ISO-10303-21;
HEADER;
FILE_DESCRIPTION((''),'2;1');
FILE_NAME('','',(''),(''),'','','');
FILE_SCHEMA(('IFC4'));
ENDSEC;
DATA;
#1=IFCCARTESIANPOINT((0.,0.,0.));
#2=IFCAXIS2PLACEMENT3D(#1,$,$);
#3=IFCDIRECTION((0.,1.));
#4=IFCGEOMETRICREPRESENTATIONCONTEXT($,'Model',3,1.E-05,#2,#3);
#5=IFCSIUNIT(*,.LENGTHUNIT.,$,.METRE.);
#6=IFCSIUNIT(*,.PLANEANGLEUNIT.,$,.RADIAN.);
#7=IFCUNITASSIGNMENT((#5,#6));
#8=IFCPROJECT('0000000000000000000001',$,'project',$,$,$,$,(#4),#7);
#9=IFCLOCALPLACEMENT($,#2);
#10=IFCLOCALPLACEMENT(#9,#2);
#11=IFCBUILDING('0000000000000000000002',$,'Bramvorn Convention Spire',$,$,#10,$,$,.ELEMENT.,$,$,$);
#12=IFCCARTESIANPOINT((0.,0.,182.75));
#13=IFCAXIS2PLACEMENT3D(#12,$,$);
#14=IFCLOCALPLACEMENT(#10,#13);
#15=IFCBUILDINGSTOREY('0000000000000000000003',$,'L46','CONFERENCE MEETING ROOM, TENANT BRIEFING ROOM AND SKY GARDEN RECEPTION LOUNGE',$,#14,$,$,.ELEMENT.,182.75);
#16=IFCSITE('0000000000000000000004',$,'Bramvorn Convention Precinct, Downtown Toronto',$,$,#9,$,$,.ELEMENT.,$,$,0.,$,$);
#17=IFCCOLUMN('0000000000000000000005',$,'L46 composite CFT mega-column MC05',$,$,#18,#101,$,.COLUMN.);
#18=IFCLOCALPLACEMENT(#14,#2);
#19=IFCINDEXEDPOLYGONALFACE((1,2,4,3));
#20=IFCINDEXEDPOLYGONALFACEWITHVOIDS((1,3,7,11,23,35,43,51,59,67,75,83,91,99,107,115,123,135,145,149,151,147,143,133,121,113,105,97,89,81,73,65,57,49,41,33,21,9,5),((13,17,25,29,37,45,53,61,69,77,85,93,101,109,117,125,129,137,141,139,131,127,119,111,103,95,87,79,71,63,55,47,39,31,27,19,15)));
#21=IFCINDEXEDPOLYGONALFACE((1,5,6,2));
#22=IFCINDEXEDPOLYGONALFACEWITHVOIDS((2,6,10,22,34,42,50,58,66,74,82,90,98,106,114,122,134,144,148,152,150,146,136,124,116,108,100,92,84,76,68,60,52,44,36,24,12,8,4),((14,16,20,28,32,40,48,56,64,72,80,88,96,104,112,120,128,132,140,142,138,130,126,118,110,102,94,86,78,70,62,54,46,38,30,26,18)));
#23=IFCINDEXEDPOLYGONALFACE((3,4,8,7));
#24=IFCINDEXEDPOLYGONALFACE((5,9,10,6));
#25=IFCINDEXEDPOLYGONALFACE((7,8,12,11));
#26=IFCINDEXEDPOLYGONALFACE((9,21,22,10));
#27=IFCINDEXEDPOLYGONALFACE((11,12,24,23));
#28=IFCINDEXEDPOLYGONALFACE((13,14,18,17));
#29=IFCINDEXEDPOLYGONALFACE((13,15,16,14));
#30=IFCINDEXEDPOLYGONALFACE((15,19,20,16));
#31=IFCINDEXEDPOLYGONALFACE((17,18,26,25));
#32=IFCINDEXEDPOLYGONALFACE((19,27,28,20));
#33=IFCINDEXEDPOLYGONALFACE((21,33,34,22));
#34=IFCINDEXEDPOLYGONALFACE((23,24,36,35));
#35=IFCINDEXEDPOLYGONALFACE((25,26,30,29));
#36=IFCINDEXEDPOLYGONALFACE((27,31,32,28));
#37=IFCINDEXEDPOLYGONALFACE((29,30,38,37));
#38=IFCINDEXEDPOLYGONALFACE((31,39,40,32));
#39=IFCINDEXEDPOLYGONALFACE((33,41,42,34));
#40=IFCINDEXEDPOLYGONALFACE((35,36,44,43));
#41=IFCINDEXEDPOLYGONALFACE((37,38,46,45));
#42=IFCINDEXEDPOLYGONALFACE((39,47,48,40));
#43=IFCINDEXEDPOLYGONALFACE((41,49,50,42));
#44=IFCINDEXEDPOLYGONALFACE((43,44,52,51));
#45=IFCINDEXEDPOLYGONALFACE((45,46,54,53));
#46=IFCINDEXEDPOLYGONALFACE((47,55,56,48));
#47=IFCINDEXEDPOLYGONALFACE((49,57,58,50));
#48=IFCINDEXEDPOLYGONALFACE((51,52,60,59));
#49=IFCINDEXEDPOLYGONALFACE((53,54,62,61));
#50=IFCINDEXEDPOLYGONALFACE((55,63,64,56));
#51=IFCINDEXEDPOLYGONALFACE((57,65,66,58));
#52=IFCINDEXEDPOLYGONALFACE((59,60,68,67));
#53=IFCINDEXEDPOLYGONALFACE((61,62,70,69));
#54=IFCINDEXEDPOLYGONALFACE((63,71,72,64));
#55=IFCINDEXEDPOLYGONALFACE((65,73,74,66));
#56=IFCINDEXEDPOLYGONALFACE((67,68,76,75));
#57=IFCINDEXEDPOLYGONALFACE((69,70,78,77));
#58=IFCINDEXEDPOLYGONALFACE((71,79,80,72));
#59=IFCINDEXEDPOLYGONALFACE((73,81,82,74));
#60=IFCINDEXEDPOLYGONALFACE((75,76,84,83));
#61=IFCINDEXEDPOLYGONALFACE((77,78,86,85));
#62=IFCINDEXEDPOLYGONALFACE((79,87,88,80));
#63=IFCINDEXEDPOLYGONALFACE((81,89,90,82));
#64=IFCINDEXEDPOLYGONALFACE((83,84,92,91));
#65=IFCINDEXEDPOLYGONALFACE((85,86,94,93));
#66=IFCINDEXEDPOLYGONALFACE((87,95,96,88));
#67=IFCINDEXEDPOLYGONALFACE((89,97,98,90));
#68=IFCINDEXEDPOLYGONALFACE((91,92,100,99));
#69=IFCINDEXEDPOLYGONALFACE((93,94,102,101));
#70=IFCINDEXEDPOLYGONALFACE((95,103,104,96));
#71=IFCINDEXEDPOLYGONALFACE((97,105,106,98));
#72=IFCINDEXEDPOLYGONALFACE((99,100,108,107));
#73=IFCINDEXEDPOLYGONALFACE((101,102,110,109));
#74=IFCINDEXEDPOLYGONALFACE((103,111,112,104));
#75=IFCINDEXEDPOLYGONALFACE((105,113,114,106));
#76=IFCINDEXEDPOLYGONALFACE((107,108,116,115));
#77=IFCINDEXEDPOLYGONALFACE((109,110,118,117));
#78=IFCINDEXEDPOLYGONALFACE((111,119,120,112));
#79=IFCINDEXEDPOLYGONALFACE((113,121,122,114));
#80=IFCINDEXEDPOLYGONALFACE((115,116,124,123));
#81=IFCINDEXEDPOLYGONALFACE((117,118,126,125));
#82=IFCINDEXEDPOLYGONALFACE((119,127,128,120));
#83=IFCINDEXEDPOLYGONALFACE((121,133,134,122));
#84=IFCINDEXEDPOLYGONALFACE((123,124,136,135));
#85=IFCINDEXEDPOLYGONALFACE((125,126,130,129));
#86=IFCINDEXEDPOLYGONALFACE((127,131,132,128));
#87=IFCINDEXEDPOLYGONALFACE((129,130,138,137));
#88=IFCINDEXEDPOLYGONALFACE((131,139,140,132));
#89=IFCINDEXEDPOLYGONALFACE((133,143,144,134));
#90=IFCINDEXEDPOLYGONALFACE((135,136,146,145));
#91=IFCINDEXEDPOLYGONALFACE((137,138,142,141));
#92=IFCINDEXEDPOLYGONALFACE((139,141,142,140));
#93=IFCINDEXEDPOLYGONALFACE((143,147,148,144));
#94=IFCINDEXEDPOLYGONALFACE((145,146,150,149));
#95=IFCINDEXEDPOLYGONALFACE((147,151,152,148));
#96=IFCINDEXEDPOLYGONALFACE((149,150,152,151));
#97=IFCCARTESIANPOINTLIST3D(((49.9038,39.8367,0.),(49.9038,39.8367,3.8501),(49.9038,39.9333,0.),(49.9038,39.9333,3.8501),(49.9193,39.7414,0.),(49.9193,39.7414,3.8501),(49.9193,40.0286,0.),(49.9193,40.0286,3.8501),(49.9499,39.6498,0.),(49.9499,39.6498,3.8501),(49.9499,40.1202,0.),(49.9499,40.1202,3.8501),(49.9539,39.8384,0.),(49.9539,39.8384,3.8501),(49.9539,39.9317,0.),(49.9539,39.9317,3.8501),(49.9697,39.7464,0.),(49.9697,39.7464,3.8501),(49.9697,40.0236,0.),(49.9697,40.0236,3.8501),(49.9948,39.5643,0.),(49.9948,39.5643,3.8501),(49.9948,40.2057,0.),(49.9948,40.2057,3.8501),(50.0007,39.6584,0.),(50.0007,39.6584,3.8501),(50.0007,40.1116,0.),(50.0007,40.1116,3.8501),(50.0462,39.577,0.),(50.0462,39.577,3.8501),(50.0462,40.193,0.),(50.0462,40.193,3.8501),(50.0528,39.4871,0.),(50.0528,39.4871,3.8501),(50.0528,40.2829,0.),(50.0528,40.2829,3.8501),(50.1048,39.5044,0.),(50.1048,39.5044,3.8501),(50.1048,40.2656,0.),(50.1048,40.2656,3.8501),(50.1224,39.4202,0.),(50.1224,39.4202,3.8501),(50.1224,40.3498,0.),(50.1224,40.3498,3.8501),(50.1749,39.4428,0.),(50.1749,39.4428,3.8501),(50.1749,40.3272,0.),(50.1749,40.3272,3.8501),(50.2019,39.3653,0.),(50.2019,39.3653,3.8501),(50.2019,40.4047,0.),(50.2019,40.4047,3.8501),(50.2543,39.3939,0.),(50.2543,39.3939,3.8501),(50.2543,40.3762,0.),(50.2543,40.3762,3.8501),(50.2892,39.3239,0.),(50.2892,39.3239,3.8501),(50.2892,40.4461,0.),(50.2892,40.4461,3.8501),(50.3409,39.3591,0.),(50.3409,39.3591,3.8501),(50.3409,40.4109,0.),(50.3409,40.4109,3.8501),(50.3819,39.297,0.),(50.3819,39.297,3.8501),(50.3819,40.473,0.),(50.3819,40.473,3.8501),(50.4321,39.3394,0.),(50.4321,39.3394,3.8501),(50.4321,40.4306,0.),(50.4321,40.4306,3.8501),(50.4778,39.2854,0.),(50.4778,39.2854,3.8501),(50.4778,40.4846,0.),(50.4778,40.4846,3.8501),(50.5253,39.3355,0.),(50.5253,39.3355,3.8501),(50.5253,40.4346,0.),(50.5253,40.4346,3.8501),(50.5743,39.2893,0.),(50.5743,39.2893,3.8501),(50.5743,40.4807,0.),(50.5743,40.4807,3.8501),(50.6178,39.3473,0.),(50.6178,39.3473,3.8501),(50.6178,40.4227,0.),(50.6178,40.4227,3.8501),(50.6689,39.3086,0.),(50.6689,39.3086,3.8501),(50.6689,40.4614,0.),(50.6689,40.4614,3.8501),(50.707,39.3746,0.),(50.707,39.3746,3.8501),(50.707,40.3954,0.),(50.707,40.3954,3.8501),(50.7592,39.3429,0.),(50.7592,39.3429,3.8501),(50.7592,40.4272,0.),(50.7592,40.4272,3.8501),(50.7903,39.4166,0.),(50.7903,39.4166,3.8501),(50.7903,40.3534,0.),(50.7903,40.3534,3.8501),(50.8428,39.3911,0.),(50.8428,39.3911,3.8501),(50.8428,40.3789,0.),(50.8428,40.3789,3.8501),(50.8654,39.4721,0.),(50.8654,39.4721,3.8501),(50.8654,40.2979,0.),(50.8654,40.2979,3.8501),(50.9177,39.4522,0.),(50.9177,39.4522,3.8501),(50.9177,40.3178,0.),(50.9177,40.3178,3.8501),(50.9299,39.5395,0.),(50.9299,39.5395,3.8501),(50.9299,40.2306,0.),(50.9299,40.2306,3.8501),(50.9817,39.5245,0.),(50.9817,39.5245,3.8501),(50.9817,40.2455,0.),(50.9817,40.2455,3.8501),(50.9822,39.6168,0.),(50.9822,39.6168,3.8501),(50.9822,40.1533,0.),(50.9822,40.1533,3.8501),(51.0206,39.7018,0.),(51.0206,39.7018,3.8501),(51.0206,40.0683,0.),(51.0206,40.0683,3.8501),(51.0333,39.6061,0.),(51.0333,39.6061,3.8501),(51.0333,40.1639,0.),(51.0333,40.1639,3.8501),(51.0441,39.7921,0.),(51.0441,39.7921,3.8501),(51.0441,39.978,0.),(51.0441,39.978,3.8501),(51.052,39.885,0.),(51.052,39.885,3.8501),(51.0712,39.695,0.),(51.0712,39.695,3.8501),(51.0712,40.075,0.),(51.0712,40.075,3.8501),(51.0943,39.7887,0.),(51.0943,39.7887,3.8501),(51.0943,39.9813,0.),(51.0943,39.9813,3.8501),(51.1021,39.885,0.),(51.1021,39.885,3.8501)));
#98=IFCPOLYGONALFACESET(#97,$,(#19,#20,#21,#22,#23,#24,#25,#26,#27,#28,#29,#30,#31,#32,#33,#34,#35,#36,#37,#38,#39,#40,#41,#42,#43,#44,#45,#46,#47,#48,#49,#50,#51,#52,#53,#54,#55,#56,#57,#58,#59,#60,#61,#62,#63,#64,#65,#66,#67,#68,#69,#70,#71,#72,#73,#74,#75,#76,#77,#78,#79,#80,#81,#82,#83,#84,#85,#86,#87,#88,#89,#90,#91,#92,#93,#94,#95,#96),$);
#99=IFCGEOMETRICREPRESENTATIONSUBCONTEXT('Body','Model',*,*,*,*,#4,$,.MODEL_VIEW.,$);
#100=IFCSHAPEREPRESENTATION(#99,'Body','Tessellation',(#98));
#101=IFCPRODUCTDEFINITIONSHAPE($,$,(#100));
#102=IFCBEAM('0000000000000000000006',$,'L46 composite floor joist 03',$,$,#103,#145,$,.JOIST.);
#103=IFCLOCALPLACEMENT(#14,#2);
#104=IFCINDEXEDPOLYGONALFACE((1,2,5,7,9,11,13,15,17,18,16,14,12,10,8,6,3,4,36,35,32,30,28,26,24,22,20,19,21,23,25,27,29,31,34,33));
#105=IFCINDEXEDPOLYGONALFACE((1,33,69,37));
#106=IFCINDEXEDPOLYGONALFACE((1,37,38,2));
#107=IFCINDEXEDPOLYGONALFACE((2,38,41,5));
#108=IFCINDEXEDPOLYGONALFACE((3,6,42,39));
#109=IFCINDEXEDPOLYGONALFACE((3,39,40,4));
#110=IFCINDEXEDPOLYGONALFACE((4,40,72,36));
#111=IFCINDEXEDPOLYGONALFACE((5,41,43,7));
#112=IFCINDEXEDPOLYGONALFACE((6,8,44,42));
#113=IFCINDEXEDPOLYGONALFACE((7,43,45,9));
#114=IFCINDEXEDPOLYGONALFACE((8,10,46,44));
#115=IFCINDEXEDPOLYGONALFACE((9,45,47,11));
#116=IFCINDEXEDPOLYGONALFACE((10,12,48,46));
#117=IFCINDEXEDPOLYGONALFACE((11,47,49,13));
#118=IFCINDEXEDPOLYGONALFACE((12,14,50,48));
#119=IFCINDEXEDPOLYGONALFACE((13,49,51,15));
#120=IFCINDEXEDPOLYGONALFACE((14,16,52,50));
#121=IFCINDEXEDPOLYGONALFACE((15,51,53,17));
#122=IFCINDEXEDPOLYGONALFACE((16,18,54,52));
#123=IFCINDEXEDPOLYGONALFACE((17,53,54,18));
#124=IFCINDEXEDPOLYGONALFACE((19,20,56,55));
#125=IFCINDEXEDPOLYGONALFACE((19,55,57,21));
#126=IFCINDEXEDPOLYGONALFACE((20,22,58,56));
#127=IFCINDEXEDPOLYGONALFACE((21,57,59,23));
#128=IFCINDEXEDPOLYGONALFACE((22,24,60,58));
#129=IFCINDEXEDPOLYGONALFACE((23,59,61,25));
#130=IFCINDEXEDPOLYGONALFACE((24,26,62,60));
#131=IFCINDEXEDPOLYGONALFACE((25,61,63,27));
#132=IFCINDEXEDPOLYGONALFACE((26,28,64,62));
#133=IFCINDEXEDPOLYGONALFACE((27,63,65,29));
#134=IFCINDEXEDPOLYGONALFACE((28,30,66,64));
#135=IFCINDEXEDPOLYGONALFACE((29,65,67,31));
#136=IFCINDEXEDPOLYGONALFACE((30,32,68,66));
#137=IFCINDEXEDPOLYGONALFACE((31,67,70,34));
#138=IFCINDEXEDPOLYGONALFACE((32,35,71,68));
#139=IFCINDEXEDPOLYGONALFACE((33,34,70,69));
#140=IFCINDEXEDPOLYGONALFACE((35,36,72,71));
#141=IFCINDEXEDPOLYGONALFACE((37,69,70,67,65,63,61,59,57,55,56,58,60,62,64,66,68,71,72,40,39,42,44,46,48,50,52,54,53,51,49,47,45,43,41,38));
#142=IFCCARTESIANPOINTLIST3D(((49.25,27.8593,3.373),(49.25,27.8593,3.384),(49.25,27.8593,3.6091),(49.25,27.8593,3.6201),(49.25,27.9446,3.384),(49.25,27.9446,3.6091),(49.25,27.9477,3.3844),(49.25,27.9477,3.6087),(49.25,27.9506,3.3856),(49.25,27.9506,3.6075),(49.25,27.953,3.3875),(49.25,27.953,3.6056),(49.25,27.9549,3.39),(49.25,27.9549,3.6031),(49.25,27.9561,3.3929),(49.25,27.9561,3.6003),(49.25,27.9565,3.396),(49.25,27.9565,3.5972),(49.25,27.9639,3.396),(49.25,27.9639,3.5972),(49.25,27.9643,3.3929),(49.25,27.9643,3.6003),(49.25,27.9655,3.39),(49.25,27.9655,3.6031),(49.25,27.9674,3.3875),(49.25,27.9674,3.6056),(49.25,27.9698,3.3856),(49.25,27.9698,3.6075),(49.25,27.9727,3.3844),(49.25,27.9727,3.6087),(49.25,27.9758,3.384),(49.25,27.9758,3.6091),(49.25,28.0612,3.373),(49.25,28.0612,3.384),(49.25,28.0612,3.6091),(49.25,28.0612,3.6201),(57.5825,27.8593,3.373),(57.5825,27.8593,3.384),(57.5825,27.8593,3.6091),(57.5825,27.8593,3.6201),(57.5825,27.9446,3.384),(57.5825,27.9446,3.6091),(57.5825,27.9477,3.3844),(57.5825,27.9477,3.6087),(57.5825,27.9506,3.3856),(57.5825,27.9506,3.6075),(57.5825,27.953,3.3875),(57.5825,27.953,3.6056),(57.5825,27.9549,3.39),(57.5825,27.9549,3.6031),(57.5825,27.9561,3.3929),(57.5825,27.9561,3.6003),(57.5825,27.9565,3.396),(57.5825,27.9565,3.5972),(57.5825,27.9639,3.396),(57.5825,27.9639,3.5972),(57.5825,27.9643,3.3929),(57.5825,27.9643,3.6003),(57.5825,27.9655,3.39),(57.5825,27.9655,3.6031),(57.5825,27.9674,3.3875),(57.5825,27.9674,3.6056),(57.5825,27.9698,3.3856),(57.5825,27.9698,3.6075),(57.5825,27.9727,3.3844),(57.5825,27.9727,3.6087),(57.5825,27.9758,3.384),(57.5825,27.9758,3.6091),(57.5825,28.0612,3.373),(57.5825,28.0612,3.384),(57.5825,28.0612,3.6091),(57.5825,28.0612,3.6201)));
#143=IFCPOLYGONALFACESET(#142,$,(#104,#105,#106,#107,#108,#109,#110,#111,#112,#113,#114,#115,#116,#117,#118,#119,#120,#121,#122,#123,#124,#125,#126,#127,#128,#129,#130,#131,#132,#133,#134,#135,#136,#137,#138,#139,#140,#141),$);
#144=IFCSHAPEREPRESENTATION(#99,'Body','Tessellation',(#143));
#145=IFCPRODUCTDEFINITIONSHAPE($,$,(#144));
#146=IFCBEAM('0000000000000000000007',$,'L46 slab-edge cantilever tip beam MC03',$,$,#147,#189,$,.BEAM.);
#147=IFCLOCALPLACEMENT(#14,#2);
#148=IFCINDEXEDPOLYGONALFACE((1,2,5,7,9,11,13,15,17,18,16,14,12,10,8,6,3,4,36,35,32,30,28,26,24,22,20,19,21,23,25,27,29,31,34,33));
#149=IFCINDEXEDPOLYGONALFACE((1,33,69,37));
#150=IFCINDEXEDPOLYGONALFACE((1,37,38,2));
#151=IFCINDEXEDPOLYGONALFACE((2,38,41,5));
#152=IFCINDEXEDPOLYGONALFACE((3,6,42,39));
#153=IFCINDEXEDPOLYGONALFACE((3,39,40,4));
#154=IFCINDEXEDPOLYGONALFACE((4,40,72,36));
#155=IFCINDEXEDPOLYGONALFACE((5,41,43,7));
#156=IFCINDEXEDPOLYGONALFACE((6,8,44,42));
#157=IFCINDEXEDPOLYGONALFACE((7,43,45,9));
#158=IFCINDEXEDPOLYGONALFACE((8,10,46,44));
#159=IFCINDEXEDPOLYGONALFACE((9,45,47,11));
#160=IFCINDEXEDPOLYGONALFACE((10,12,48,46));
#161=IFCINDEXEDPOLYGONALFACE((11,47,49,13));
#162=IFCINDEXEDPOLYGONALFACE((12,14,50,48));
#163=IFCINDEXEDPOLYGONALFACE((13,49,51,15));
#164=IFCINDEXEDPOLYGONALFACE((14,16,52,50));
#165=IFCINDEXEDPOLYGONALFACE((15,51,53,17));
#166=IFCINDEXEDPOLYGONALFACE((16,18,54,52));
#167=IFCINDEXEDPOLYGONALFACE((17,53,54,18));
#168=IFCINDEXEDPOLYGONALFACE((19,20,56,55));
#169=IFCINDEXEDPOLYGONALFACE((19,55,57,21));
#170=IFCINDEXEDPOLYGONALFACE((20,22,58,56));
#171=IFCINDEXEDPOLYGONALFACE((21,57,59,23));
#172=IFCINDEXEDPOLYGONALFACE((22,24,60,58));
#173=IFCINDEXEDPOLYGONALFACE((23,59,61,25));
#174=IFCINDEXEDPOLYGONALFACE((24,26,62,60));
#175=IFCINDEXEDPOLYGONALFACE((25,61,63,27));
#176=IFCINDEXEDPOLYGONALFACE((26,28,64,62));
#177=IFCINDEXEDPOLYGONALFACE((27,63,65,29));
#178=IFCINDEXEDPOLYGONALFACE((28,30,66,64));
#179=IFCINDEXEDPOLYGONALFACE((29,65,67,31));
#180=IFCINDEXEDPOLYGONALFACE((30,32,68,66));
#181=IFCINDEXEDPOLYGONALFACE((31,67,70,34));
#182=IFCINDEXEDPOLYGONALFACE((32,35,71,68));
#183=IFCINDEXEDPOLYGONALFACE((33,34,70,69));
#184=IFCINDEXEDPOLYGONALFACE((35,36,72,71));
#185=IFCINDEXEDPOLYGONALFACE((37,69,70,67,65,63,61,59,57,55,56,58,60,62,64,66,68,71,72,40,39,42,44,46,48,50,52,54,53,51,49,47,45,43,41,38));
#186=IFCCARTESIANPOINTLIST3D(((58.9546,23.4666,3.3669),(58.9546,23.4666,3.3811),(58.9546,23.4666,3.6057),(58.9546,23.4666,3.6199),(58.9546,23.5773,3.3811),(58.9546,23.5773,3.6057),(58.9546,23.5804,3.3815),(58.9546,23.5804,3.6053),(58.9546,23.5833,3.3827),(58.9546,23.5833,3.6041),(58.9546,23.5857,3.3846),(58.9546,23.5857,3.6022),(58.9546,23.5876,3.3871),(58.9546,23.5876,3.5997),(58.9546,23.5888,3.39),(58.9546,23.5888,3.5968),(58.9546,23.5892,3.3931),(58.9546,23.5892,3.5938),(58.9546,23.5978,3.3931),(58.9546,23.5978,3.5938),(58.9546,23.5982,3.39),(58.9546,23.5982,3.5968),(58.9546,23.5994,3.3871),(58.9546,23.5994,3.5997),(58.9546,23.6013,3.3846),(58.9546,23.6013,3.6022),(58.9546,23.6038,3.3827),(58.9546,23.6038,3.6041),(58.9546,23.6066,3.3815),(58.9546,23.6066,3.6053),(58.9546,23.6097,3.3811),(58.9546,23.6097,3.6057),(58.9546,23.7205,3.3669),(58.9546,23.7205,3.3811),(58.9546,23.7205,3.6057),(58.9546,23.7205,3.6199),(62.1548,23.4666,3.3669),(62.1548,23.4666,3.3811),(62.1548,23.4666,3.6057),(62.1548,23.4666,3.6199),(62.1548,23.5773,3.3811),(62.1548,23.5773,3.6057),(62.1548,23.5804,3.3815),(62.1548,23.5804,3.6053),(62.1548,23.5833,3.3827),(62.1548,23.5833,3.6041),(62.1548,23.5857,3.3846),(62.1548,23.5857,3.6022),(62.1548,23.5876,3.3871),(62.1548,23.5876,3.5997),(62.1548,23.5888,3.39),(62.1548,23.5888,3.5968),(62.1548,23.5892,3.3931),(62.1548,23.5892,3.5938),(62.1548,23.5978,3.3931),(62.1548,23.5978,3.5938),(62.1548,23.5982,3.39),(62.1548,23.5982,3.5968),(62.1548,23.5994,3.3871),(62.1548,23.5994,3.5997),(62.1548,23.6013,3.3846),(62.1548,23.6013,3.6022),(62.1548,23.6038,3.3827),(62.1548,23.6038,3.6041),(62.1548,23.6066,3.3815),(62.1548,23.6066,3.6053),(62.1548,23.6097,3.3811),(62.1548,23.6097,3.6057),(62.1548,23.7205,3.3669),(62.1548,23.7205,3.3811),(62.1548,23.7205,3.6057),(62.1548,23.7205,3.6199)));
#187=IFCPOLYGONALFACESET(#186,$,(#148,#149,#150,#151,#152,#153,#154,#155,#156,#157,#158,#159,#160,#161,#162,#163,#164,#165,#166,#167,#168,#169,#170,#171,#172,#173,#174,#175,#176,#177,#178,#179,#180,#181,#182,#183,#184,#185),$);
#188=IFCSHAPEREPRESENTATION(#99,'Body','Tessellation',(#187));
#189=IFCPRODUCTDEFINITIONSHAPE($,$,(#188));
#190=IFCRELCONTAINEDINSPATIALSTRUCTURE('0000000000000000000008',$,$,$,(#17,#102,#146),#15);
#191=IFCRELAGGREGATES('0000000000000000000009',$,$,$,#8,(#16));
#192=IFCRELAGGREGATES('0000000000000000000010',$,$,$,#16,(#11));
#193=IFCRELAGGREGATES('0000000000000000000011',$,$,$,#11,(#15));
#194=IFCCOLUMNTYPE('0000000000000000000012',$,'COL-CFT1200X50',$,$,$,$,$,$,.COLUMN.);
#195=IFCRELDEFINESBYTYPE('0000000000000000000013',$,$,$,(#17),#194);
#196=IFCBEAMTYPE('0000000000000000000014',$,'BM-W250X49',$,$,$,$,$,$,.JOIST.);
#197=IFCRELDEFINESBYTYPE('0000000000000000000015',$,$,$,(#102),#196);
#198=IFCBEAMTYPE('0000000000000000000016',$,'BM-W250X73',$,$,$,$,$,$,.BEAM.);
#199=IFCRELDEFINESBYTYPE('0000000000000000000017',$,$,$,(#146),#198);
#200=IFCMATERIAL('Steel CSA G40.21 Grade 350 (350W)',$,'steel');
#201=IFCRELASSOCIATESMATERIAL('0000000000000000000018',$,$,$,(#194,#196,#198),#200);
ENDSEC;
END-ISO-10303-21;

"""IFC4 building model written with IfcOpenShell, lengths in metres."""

from ifc_helpers import new_model, si_unit, direction, frame, origin, origin_2d, place, context, subcontext, project, spatial, hollow_circle, i_section, extrude, material, material_profile, profile_set, type_object, element, save


model = new_model("IFC4")

# Units and contexts
model_context = context("Model", 3, precision=1e-05, world=origin(), true_north=direction((0.0, 1.0)))
body_context = subcontext(model_context, "Body", "Model", "MODEL_VIEW")
ifc_project = project(units=[si_unit("LENGTHUNIT", "METRE"), si_unit("PLANEANGLEUNIT", "RADIAN")], contexts=[model_context])

# Site, building, storey
site_placement = place(None, origin())
site = spatial("IfcSite", under=ifc_project, at=site_placement, Name="Bramvorn Convention Precinct, Downtown Toronto", CompositionType="ELEMENT", RefElevation=0.0)
building_placement = place(site_placement, origin())
building = spatial("IfcBuilding", under=site, at=building_placement, Name="Bramvorn Convention Spire", CompositionType="ELEMENT")
storey_placement = place(building_placement, frame((0.0, 0.0, 182.75)))
storey = spatial("IfcBuildingStorey", under=building, at=storey_placement, Name="L46", Description="CONFERENCE MEETING ROOM, TENANT BRIEFING ROOM AND SKY GARDEN RECEPTION LOUNGE", CompositionType="ELEMENT", Elevation=182.75)

# Column
ifc_material_1 = material(Name="Steel CSA G40.21 Grade 350 (350W)", Category="steel")
ifc_material_profile_1 = material_profile(ifc_material_1, hollow_circle(Radius=0.6001, WallThickness=0.05, at=origin_2d()))
ifc_profile_set_1 = profile_set([ifc_material_profile_1], Name="Steel CSA G40.21 Grade 350 (350W) - CFT1200X50")
column_type = type_object("IfcColumnType", Name="COL-CFT1200X50", PredefinedType="COLUMN", material=ifc_profile_set_1)
for number, where, z_axis, x_axis, name in (
    (1, (50.502, 39.885, 0.0), (0.0, 0.0, 1.0), (1.0, 0.0, 0.0), "L46 composite CFT mega-column MC05"),
):
    element("IfcColumn", number, at=place(storey_placement, frame(where, z_axis=z_axis, x_axis=x_axis)), inside=storey, type_object=column_type, Name=name, PredefinedType="COLUMN", context=body_context, shape_type="SweptSolid", body=[
        extrude(hollow_circle(Radius=0.6001, WallThickness=0.05, at=origin_2d()), origin(), (0.0, 0.0, 1.0), 3.8501),
    ])

# Beams
ifc_material_profile_2 = material_profile(ifc_material_1, i_section(OverallWidth=0.2019, OverallDepth=0.2471, WebThickness=0.0073, FlangeThickness=0.011, FilletRadius=0.012, at=origin_2d()))
ifc_profile_set_2 = profile_set([ifc_material_profile_2], Name="Steel CSA G40.21 Grade 350 (350W) - W250X49")
beam_type_1 = type_object("IfcBeamType", Name="BM-W250X49", PredefinedType="JOIST", material=ifc_profile_set_2)
beam_1_placement = place(storey_placement, frame((49.25, 27.9602, 3.4966), z_axis=(1.0, 0.0, 0.0), x_axis=(0.0, 1.0, 0.0)))
element("IfcBeam", 2, at=beam_1_placement, inside=storey, type_object=beam_type_1, Name="L46 composite floor joist 03", PredefinedType="JOIST", context=body_context, shape_type="SweptSolid", body=[
    extrude(i_section(OverallWidth=0.2019, OverallDepth=0.2471, WebThickness=0.0073, FlangeThickness=0.011, FilletRadius=0.012, at=origin_2d()), origin(), (0.0, 0.0, 1.0), 8.3325),
])
ifc_material_profile_3 = material_profile(ifc_material_1, i_section(OverallWidth=0.2539, OverallDepth=0.2529, WebThickness=0.0085, FlangeThickness=0.0142, FilletRadius=0.012, at=origin_2d()))
ifc_profile_set_3 = profile_set([ifc_material_profile_3], Name="Steel CSA G40.21 Grade 350 (350W) - W250X73")
beam_type_2 = type_object("IfcBeamType", Name="BM-W250X73", PredefinedType="BEAM", material=ifc_profile_set_3)
beam_2_placement = place(storey_placement, frame((58.9546, 23.5935, 3.4934), z_axis=(1.0, 0.0, 0.0), x_axis=(0.0, 1.0, 0.0)))
element("IfcBeam", 3, at=beam_2_placement, inside=storey, type_object=beam_type_2, Name="L46 slab-edge cantilever tip beam MC03", PredefinedType="BEAM", context=body_context, shape_type="SweptSolid", body=[
    extrude(i_section(OverallWidth=0.2539, OverallDepth=0.2529, WebThickness=0.0085, FlangeThickness=0.0142, FilletRadius=0.012, at=origin_2d()), origin(), (0.0, 0.0, 1.0), 3.2002),
])

save(model, "model.ifc")
